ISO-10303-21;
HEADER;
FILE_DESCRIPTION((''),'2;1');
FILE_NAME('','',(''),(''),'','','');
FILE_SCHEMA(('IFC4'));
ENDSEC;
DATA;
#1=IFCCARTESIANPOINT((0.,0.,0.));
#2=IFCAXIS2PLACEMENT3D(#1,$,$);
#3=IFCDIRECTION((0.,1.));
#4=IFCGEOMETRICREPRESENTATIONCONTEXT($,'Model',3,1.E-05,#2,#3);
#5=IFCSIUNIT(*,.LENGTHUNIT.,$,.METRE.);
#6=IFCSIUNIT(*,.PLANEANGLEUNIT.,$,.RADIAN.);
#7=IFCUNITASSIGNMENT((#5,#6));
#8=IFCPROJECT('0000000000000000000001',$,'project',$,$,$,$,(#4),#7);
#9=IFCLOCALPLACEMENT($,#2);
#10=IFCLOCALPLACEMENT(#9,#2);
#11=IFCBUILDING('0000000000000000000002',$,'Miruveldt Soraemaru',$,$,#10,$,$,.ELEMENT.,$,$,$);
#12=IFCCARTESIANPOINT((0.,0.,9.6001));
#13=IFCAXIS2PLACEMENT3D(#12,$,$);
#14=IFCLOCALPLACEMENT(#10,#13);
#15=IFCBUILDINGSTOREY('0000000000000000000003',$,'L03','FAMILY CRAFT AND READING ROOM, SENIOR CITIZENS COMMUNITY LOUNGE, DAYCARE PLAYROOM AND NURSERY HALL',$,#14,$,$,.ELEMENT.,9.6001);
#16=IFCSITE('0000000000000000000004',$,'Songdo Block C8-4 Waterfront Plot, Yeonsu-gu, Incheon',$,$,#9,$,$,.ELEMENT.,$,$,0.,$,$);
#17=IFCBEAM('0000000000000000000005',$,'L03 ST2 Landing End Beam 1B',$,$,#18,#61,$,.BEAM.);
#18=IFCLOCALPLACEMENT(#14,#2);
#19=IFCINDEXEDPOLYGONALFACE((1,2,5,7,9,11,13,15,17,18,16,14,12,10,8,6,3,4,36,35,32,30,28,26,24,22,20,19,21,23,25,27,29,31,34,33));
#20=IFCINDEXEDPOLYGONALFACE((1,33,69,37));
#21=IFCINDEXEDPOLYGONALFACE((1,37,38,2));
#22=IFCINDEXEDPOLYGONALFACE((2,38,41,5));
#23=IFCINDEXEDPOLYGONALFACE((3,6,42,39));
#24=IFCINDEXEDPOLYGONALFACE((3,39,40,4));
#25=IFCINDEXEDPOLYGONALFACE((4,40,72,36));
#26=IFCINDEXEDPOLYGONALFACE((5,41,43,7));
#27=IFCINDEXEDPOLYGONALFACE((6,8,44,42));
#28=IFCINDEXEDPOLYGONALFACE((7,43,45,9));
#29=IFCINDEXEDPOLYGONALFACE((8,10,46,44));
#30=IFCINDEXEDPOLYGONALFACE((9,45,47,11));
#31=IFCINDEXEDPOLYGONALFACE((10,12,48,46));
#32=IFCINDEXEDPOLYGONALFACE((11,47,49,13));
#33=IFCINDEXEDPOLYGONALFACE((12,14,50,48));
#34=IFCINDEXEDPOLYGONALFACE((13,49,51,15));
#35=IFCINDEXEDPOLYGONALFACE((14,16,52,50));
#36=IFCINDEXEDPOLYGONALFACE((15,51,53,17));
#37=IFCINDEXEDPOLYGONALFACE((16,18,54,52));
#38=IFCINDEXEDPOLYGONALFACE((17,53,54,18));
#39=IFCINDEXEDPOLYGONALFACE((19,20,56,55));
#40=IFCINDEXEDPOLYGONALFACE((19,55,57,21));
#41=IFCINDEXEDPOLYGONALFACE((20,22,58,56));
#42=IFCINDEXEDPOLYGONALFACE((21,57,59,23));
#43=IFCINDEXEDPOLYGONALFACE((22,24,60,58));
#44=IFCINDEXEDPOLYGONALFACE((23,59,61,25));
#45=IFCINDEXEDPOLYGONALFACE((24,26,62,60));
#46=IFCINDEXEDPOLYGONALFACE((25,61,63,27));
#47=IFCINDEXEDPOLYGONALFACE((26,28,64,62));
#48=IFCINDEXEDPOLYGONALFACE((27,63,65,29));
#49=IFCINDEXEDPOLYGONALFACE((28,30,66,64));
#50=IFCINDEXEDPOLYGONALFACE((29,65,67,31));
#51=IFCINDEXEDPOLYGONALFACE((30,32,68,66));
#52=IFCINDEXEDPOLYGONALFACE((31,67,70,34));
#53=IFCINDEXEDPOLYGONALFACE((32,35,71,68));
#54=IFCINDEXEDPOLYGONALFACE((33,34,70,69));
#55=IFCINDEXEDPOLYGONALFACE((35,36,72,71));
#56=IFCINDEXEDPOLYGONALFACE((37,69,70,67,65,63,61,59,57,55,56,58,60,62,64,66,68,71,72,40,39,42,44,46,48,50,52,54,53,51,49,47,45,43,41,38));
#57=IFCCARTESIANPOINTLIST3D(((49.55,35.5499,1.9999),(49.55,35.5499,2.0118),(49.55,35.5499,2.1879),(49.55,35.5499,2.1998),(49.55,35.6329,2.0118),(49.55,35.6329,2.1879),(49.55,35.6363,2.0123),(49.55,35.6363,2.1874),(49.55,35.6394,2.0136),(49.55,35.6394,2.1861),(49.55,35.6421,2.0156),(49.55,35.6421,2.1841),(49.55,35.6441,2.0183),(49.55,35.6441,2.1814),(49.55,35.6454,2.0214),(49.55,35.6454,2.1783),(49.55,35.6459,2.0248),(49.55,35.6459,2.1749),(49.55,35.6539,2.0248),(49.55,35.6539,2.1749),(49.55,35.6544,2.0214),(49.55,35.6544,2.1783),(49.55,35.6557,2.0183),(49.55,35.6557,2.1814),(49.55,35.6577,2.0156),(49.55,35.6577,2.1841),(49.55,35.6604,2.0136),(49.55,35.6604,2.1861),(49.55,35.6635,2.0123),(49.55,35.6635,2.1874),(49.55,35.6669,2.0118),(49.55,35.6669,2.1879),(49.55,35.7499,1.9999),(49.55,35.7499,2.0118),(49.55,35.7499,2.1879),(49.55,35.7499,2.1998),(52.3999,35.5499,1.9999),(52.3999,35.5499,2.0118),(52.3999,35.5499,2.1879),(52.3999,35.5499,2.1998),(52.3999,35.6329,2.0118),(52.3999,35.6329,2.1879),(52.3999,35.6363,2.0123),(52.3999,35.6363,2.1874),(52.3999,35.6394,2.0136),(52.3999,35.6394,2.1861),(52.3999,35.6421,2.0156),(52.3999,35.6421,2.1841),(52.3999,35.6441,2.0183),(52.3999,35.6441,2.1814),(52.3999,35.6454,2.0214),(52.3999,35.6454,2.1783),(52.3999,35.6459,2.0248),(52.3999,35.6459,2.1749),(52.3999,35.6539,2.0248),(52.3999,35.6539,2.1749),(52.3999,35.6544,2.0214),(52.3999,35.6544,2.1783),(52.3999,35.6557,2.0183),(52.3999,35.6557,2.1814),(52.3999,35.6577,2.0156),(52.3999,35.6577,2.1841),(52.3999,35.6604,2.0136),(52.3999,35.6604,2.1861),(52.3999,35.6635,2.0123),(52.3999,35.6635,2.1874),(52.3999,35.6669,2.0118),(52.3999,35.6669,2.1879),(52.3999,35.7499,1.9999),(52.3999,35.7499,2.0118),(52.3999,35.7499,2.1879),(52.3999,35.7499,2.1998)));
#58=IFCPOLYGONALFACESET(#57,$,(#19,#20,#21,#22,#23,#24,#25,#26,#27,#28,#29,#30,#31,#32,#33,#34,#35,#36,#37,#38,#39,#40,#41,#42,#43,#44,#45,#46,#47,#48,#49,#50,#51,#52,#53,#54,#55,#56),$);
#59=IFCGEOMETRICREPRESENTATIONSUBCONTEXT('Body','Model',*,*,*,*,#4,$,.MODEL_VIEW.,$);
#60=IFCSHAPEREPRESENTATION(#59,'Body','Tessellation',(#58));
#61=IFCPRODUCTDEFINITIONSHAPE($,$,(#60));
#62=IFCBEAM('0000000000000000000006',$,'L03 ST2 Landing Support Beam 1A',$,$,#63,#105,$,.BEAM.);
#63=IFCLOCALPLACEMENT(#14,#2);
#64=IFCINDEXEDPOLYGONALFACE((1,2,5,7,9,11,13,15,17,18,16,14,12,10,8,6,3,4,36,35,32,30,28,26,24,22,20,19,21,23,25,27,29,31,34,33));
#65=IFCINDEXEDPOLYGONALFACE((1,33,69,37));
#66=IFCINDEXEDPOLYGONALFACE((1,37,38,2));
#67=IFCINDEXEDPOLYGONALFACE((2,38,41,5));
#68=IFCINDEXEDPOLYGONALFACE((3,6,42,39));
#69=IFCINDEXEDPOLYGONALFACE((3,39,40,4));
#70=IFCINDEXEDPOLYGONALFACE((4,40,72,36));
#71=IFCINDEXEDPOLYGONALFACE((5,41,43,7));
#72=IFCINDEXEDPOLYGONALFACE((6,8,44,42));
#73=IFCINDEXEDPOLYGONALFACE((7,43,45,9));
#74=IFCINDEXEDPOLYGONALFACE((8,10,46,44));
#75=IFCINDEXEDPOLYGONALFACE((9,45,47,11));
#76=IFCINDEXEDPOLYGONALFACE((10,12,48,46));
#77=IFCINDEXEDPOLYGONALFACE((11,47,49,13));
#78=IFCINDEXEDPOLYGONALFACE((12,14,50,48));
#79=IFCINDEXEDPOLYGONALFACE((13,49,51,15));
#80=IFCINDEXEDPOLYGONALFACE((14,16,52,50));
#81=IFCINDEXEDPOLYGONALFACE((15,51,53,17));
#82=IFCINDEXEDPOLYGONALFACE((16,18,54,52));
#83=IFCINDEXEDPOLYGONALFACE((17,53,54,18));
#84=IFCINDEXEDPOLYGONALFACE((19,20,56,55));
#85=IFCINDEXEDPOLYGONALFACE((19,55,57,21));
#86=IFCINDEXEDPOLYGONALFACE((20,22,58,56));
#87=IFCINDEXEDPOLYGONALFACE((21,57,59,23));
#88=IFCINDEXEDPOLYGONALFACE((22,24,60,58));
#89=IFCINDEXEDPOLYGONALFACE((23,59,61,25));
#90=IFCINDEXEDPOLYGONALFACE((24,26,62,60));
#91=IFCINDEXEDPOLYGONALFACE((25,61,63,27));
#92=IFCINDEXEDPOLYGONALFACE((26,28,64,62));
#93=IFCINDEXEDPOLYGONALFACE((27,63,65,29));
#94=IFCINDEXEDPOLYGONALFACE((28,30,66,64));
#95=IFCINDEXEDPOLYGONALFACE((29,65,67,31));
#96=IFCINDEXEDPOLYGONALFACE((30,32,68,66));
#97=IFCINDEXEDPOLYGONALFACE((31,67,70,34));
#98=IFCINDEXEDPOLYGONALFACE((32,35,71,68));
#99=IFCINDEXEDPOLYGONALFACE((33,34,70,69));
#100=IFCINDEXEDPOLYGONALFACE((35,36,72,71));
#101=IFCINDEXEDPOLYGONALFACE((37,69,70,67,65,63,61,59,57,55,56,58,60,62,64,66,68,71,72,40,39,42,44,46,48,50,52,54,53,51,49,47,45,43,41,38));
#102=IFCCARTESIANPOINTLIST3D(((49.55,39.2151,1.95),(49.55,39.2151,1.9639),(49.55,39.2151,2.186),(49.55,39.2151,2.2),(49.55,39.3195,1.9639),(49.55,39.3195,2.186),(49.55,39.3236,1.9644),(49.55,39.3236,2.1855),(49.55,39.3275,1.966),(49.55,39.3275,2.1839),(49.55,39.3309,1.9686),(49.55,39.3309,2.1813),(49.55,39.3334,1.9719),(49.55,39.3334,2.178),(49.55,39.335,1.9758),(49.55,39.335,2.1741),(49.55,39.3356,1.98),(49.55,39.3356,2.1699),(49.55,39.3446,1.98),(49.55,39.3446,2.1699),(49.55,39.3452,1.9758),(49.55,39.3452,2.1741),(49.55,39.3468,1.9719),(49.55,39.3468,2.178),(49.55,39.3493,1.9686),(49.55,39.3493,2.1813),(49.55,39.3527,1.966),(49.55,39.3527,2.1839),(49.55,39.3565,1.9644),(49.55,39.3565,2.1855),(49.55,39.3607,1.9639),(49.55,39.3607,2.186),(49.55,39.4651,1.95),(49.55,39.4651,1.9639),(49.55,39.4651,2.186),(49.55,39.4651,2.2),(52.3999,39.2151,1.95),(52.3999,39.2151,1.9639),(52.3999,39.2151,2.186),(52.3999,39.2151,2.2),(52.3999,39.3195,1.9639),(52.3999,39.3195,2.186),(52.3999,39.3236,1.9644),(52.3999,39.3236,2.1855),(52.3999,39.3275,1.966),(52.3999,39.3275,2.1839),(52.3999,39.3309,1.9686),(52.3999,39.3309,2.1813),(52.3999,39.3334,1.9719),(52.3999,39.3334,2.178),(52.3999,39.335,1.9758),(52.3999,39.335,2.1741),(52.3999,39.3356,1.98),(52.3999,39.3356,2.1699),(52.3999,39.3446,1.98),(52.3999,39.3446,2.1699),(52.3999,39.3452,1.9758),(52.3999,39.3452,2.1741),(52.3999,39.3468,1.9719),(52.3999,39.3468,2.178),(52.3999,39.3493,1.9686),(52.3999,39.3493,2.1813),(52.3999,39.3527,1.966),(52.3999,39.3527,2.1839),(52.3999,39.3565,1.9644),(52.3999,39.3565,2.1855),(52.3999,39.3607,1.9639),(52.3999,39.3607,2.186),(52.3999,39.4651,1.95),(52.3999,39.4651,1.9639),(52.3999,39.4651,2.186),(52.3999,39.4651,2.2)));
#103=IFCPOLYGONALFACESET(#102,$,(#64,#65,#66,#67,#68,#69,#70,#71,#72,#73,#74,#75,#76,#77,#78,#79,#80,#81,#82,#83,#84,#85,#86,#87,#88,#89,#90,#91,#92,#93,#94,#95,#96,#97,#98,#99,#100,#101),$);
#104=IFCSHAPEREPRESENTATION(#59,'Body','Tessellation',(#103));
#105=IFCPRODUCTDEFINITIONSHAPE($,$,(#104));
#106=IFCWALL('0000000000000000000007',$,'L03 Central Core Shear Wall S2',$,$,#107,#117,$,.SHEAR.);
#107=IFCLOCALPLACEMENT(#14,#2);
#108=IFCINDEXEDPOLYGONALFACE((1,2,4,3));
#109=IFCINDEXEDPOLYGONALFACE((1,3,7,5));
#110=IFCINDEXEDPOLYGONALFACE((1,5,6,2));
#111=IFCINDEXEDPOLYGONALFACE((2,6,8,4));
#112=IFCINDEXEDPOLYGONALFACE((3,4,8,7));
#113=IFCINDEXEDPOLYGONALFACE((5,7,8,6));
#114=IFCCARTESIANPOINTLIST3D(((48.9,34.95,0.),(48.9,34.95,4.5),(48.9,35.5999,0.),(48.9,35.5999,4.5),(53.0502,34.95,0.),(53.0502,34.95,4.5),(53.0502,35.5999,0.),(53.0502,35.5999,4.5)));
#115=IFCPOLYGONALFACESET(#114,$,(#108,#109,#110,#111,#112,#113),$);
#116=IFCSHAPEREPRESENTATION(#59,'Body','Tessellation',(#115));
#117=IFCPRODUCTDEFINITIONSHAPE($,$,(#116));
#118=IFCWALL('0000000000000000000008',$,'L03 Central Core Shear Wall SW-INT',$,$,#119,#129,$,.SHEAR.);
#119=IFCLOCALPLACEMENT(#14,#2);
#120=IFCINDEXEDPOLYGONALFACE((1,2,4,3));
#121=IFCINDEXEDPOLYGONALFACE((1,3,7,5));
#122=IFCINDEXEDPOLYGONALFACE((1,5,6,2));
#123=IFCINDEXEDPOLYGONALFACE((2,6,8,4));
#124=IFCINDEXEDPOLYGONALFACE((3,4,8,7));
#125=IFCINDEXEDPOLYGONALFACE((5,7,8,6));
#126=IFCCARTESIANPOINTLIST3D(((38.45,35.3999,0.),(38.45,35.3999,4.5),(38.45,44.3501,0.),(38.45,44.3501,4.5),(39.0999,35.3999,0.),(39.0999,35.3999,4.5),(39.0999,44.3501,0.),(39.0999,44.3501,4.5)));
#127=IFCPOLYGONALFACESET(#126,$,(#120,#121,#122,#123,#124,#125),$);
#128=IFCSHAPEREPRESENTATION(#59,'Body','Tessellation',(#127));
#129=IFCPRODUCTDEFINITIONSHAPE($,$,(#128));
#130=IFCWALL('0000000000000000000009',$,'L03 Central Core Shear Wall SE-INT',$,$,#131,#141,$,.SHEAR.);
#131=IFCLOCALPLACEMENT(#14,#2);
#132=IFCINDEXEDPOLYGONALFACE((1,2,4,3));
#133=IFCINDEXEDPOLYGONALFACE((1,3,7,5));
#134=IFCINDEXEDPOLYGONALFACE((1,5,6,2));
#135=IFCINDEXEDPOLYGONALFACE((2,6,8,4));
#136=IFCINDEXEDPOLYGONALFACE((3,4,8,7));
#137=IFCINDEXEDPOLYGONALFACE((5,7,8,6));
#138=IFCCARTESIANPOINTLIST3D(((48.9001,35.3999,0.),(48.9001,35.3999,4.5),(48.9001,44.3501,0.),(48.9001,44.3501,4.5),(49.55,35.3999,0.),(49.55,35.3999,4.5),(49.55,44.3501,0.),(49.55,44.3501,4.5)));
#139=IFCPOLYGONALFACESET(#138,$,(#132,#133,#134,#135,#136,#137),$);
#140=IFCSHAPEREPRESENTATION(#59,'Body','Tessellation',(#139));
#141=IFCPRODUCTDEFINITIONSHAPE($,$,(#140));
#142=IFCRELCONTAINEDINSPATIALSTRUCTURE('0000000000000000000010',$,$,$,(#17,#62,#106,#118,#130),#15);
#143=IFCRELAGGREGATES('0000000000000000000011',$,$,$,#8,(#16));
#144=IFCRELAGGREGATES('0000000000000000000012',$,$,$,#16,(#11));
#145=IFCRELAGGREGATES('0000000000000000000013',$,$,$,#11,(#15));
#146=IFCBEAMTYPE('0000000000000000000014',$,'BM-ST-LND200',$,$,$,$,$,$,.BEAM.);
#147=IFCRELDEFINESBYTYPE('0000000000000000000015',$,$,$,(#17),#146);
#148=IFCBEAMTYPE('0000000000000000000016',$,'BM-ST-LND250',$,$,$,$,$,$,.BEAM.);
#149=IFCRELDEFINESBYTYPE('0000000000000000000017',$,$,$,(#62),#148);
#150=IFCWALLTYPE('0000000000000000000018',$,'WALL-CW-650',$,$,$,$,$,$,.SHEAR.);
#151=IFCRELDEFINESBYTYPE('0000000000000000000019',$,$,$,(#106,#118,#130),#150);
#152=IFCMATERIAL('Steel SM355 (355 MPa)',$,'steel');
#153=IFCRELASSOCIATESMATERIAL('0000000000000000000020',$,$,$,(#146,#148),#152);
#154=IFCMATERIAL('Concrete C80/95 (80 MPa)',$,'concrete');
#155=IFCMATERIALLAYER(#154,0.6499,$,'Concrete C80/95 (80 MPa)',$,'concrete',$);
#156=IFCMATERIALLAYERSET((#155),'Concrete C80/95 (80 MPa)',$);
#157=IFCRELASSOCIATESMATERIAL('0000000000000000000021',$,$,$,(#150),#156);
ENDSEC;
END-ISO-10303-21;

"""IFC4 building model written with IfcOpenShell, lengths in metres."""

from ifc_helpers import new_model, si_unit, direction, frame, frame_2d, origin, origin_2d, place, context, subcontext, project, spatial, rectangle, i_section, extrude, material, layer, layer_set, material_profile, profile_set, type_object, element, save


model = new_model("IFC4")

# Units and contexts
model_context = context("Model", 3, precision=1e-05, world=origin(), true_north=direction((0.0, 1.0)))
body_context = subcontext(model_context, "Body", "Model", "MODEL_VIEW")
ifc_project = project(units=[si_unit("LENGTHUNIT", "METRE"), si_unit("PLANEANGLEUNIT", "RADIAN")], contexts=[model_context])

# Site, building, storey
site_placement = place(None, origin())
site = spatial("IfcSite", under=ifc_project, at=site_placement, Name="Songdo Block C8-4 Waterfront Plot, Yeonsu-gu, Incheon", CompositionType="ELEMENT", RefElevation=0.0)
building_placement = place(site_placement, origin())
building = spatial("IfcBuilding", under=site, at=building_placement, Name="Miruveldt Soraemaru", CompositionType="ELEMENT")
storey_placement = place(building_placement, frame((0.0, 0.0, 9.6001)))
storey = spatial("IfcBuildingStorey", under=building, at=storey_placement, Name="L03", Description="FAMILY CRAFT AND READING ROOM, SENIOR CITIZENS COMMUNITY LOUNGE, DAYCARE PLAYROOM AND NURSERY HALL", CompositionType="ELEMENT", Elevation=9.6001)

# Beams
ifc_material_1 = material(Name="Steel SM355 (355 MPa)", Category="steel")
ifc_material_profile_1 = material_profile(ifc_material_1, i_section(OverallWidth=0.2, OverallDepth=0.2, WebThickness=0.0081, FlangeThickness=0.012, FilletRadius=0.0129, at=origin_2d()), Name="Steel SM355 (355 MPa)", Category="steel")
ifc_profile_set_1 = profile_set([ifc_material_profile_1], Name="Steel SM355 (355 MPa)")
beam_type_1 = type_object("IfcBeamType", Name="BM-ST-LND200", PredefinedType="BEAM", material=ifc_profile_set_1)
beam_1_placement = place(storey_placement, frame((49.55, 35.6499, 2.0999), z_axis=(1.0, 0.0, 0.0), x_axis=(0.0, 1.0, 0.0)))
element("IfcBeam", 1, at=beam_1_placement, inside=storey, type_object=beam_type_1, Name="L03 ST2 Landing End Beam 1B", PredefinedType="BEAM", context=body_context, shape_type="SweptSolid", body=[
    extrude(i_section(OverallWidth=0.2, OverallDepth=0.2, WebThickness=0.0081, FlangeThickness=0.012, FilletRadius=0.0129, at=origin_2d()), origin(), (0.0, 0.0, 1.0), 2.8499),
])
ifc_material_profile_2 = material_profile(ifc_material_1, i_section(OverallWidth=0.25, OverallDepth=0.25, WebThickness=0.009, FlangeThickness=0.0139, FilletRadius=0.0161, at=origin_2d()), Name="Steel SM355 (355 MPa)", Category="steel")
ifc_profile_set_2 = profile_set([ifc_material_profile_2], Name="Steel SM355 (355 MPa)")
beam_type_2 = type_object("IfcBeamType", Name="BM-ST-LND250", PredefinedType="BEAM", material=ifc_profile_set_2)
beam_2_placement = place(storey_placement, frame((49.55, 39.3401, 2.075), z_axis=(1.0, 0.0, 0.0), x_axis=(0.0, 1.0, 0.0)))
element("IfcBeam", 2, at=beam_2_placement, inside=storey, type_object=beam_type_2, Name="L03 ST2 Landing Support Beam 1A", PredefinedType="BEAM", context=body_context, shape_type="SweptSolid", body=[
    extrude(i_section(OverallWidth=0.25, OverallDepth=0.25, WebThickness=0.009, FlangeThickness=0.0139, FilletRadius=0.0161, at=origin_2d()), origin(), (0.0, 0.0, 1.0), 2.8499),
])

# Walls
ifc_material_2 = material(Name="Concrete C80/95 (80 MPa)", Category="concrete")
ifc_layer_1 = layer(ifc_material_2, 0.6499, Name="Concrete C80/95 (80 MPa)", Category="concrete")
ifc_layer_set_1 = layer_set([ifc_layer_1], Name="Concrete C80/95 (80 MPa)")
wall_type_1 = type_object("IfcWallType", Name="WALL-CW-650", PredefinedType="SHEAR", material=ifc_layer_set_1)
wall_1_placement = place(storey_placement, frame((48.8999, 35.2749, 0.0), z_axis=(0.0, 0.0, 1.0), x_axis=(1.0, 0.0, 0.0)))
element("IfcWall", 3, at=wall_1_placement, inside=storey, type_object=wall_type_1, Name="L03 Central Core Shear Wall S2", PredefinedType="SHEAR", context=body_context, shape_type="SweptSolid", body=[
    extrude(rectangle(XDim=4.1501, YDim=0.6499, at=frame_2d((2.0752, 0.0))), origin(), (0.0, 0.0, 1.0), 4.5),
])
for number, where, z_axis, x_axis, name in (
    (4, (38.7749, 35.3999, 0.0), (0.0, 0.0, 1.0), (0.0, 1.0, 0.0), "L03 Central Core Shear Wall SW-INT"),
    (5, (49.2251, 35.3999, 0.0), (0.0, 0.0, 1.0), (0.0, 1.0, 0.0), "L03 Central Core Shear Wall SE-INT"),
):
    element("IfcWall", number, at=place(storey_placement, frame(where, z_axis=z_axis, x_axis=x_axis)), inside=storey, type_object=wall_type_1, Name=name, PredefinedType="SHEAR", context=body_context, shape_type="SweptSolid", body=[
        extrude(rectangle(XDim=8.9502, YDim=0.6499, at=frame_2d((4.4751, 0.0))), origin(), (0.0, 0.0, 1.0), 4.5),
    ])

save(model, "model.ifc")
